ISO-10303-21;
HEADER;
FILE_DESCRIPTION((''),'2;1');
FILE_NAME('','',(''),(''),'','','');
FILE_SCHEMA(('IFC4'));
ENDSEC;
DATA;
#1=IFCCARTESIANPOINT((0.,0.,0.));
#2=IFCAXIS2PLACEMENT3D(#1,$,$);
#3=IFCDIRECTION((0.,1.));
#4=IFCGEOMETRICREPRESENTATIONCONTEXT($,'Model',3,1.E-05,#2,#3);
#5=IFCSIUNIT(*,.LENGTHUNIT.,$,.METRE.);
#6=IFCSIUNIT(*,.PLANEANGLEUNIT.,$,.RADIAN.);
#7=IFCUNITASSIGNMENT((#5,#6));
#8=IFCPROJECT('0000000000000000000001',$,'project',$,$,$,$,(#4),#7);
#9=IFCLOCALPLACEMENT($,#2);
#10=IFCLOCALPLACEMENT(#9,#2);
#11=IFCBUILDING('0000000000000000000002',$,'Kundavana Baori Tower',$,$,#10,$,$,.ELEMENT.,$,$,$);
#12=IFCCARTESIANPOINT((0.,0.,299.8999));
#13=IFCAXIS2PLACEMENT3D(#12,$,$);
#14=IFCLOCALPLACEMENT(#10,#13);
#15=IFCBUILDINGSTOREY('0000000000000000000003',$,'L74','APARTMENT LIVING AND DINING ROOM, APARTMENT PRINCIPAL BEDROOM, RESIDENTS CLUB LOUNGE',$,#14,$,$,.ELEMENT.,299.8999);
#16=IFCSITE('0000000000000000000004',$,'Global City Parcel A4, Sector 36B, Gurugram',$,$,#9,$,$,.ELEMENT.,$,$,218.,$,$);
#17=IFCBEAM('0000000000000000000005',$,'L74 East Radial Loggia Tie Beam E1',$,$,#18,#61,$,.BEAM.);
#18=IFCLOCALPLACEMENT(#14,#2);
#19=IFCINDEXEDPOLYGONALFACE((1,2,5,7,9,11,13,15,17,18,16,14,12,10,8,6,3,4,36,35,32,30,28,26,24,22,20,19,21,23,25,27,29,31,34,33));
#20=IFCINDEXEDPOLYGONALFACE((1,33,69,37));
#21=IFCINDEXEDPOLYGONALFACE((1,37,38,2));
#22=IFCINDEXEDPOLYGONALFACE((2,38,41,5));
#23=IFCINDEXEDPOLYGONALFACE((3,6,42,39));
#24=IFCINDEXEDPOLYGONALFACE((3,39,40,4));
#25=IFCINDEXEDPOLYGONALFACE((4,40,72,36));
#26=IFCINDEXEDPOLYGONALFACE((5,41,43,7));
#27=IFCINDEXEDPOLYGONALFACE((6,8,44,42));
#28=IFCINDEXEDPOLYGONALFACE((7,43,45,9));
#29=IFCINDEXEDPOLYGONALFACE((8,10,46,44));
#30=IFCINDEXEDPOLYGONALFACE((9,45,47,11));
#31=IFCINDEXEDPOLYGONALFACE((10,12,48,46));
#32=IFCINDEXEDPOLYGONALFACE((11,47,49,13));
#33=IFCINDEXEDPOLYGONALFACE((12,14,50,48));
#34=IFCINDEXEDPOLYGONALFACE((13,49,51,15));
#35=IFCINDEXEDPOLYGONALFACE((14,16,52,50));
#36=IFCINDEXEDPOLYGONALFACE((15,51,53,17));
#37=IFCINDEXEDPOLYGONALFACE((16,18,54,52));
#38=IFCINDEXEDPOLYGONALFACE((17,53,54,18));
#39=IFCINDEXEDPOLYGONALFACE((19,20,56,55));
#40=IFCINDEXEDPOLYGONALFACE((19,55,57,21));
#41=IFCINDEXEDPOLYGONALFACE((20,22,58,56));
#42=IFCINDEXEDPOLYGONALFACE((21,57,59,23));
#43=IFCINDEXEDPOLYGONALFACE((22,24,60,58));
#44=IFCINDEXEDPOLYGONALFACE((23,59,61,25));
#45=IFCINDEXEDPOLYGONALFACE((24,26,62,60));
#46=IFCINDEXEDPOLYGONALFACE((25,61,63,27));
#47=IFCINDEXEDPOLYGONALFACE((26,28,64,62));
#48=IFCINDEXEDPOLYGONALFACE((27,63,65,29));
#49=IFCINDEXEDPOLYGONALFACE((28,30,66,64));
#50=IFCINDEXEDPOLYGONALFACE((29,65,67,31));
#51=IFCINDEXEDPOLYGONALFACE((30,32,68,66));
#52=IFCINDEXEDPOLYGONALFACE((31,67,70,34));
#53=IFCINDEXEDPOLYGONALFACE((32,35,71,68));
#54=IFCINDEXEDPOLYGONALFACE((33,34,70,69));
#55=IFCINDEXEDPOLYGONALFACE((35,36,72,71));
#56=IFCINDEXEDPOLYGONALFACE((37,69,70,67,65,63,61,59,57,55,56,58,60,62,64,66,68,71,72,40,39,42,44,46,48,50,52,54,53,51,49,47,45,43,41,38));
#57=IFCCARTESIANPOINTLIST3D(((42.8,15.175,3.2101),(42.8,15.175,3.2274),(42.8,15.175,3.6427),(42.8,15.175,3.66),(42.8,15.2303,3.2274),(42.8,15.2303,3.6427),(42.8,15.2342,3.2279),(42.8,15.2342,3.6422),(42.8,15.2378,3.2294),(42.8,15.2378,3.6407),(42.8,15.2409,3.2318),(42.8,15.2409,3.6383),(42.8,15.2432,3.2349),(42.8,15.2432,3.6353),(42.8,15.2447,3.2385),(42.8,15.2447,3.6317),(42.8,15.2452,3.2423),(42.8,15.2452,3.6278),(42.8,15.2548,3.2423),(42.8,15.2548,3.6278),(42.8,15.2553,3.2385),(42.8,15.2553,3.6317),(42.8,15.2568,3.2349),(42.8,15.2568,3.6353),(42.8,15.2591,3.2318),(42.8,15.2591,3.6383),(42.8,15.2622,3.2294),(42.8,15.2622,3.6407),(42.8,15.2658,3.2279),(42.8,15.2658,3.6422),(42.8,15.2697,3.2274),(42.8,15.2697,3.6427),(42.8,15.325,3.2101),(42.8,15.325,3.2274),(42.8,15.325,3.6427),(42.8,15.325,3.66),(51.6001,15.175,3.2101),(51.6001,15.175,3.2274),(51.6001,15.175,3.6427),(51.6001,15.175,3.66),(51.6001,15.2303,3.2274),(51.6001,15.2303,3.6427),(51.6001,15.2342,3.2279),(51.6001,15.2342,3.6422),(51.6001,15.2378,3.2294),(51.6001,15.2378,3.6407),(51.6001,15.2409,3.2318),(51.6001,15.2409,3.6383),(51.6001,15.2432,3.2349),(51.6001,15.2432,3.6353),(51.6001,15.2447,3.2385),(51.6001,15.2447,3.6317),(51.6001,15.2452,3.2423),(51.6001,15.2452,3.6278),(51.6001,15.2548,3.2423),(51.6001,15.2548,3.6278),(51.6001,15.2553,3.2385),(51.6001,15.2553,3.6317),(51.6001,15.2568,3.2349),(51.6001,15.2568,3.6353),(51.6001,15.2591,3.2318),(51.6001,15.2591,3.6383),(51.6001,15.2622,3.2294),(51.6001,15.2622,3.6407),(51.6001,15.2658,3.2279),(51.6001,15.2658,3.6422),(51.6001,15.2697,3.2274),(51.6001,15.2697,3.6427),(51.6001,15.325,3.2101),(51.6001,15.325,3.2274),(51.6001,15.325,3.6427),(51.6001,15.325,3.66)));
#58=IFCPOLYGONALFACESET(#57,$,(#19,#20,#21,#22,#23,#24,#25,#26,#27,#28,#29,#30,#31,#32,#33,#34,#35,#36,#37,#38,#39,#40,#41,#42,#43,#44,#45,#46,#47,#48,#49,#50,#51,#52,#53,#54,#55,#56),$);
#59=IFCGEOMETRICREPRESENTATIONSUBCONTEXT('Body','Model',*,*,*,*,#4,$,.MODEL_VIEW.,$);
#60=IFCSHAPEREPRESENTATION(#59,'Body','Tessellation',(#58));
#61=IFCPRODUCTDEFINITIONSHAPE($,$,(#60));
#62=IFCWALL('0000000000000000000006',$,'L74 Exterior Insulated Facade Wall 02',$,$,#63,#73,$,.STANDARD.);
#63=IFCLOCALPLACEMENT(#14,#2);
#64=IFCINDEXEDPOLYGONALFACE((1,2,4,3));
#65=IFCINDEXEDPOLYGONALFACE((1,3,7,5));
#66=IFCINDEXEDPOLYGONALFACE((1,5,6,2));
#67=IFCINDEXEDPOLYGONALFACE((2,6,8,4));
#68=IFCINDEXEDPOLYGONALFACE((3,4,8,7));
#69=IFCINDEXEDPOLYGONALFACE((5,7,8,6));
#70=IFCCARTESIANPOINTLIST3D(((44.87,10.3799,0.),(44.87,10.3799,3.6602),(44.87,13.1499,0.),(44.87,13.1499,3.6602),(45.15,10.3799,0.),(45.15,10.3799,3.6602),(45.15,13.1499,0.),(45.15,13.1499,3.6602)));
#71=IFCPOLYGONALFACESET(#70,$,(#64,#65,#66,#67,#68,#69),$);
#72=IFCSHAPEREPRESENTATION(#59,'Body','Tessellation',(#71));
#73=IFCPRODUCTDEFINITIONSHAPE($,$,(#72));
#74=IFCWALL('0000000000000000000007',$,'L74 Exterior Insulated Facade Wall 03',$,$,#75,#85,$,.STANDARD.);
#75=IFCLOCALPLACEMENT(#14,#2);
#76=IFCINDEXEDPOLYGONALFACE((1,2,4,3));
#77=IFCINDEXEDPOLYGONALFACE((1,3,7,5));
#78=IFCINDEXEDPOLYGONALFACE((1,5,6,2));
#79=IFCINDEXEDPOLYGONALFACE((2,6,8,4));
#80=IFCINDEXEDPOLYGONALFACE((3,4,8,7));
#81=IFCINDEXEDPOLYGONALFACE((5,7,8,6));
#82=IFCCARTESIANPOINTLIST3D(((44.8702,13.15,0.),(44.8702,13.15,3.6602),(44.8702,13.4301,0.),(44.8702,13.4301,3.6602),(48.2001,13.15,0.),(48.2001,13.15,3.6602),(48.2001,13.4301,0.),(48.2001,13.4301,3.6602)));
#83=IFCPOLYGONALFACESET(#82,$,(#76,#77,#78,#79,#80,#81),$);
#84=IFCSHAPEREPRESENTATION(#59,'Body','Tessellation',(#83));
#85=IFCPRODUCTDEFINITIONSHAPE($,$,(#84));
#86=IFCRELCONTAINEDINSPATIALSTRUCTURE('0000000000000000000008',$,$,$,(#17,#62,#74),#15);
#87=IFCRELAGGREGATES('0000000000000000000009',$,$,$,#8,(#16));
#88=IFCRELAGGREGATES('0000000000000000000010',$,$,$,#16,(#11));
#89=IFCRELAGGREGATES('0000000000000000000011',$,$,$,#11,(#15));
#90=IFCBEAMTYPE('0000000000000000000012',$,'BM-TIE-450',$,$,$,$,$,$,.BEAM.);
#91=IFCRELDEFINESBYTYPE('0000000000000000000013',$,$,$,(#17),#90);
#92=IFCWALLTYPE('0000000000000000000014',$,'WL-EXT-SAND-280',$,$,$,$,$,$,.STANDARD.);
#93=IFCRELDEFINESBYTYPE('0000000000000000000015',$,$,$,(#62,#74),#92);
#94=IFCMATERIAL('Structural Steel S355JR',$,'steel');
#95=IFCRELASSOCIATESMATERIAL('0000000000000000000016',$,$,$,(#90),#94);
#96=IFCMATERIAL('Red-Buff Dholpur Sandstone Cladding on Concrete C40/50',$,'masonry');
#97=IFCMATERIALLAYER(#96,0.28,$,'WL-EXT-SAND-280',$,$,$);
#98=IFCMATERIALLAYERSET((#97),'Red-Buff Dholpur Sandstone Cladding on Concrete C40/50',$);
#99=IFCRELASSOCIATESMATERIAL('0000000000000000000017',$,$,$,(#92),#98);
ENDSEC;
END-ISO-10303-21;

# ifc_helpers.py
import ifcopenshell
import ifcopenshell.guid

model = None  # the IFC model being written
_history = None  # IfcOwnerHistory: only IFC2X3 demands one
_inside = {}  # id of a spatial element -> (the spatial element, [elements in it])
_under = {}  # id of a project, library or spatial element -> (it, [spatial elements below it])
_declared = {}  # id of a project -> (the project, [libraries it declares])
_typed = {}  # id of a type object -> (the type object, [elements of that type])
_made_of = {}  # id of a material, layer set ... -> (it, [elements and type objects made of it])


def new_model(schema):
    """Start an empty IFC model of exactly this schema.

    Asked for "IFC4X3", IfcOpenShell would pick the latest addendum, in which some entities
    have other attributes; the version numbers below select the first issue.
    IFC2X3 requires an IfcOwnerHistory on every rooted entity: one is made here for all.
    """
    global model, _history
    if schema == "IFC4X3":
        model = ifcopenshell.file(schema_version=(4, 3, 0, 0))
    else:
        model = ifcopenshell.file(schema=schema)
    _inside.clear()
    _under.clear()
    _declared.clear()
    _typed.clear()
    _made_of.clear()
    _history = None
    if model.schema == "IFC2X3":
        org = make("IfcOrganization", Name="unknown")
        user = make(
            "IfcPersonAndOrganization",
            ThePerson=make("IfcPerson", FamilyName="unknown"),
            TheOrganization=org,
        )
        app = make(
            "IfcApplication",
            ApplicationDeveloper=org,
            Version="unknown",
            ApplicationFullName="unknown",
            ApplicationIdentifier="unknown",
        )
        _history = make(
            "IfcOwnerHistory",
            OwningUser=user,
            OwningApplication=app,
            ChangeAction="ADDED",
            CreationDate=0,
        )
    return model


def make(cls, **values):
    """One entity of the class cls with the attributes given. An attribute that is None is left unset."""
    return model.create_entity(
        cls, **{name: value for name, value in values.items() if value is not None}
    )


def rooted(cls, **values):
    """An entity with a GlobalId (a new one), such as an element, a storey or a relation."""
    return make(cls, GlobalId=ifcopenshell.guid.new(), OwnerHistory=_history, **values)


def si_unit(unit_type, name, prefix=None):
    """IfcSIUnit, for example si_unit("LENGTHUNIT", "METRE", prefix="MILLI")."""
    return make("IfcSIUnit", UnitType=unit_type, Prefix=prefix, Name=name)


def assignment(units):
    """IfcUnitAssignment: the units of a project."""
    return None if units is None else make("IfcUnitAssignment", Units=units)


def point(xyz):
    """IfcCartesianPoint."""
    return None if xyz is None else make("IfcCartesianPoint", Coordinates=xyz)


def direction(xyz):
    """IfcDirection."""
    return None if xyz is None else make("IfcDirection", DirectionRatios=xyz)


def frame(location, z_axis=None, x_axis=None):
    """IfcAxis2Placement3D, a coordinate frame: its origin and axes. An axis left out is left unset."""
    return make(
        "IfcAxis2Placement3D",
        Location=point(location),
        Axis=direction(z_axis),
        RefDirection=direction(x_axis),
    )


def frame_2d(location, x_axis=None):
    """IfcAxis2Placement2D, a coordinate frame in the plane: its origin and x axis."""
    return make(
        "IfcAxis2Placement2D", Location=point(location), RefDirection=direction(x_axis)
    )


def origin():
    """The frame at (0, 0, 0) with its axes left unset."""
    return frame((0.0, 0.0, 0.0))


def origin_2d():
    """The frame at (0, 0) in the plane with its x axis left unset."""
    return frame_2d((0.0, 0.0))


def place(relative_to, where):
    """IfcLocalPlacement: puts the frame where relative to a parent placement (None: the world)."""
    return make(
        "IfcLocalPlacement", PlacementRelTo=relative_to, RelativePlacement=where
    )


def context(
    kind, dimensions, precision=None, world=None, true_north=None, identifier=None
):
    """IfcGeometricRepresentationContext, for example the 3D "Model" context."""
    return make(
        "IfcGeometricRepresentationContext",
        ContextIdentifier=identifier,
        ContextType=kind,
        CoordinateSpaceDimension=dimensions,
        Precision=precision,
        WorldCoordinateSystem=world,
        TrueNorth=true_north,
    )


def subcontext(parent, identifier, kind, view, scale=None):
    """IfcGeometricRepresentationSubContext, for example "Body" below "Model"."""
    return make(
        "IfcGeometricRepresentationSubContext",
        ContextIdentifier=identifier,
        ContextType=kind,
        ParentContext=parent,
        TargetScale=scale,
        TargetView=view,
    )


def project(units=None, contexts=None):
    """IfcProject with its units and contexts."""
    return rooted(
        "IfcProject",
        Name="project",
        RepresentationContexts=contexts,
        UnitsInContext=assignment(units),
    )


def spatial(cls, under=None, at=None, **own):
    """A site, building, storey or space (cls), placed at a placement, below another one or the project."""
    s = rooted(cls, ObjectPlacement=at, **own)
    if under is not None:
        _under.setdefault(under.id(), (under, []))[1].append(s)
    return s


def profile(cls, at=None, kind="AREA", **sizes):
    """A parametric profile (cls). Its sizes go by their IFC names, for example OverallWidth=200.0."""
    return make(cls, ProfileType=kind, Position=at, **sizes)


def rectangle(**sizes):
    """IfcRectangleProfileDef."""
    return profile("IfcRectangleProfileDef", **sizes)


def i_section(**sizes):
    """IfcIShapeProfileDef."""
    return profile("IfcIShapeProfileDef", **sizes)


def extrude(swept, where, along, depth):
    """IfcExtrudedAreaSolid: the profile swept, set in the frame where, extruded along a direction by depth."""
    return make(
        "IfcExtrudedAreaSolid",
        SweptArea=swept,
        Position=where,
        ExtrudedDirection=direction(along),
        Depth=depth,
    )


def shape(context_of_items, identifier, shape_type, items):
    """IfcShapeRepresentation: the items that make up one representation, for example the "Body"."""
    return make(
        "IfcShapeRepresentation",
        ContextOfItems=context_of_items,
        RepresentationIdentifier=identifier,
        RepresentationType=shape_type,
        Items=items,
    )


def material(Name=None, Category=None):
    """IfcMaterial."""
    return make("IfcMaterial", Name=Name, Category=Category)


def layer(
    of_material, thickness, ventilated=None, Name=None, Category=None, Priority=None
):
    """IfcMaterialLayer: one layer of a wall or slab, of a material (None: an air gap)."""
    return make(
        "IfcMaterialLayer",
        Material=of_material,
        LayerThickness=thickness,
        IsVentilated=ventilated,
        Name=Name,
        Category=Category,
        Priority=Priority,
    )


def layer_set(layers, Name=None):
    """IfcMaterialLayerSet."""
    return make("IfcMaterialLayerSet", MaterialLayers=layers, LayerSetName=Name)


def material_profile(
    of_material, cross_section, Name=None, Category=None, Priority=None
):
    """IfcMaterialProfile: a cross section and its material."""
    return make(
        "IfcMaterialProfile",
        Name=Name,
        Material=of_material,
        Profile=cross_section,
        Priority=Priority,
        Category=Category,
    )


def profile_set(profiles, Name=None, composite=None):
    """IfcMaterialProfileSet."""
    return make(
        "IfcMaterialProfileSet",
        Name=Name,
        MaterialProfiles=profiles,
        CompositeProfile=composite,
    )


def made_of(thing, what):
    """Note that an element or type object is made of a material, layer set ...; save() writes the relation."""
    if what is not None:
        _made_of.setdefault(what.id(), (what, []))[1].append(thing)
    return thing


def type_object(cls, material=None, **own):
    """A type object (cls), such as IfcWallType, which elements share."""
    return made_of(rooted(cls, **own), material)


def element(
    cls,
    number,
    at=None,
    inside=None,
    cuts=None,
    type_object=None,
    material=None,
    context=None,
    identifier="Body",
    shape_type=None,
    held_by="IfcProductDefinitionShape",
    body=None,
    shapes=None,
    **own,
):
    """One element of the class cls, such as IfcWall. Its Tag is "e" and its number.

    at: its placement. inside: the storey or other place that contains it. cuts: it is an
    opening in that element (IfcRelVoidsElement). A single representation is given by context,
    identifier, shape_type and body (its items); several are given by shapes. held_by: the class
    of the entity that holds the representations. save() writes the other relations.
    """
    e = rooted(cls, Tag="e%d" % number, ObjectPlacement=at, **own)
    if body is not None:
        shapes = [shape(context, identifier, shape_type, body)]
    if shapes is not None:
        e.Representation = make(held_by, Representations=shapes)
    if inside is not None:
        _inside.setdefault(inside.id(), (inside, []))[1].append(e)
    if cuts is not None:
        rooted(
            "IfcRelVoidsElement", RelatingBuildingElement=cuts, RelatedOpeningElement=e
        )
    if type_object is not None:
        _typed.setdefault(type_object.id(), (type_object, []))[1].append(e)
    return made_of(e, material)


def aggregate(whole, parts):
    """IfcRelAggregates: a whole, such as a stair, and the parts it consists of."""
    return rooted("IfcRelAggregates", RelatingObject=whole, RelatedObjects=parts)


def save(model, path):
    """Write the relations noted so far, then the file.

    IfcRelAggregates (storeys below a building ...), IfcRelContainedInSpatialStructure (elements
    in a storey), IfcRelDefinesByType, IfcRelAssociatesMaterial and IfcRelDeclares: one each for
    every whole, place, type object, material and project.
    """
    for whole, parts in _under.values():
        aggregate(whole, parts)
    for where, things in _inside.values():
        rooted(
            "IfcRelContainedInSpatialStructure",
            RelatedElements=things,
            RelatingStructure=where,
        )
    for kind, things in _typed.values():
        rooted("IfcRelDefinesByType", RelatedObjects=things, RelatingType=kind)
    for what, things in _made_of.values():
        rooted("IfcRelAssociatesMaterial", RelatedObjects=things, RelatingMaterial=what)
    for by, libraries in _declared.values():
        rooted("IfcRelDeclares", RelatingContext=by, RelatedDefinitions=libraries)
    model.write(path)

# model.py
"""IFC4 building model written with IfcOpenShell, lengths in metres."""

from ifc_helpers import new_model, si_unit, direction, frame, frame_2d, origin, origin_2d, place, context, subcontext, project, spatial, rectangle, i_section, extrude, material, layer, layer_set, material_profile, profile_set, type_object, element, save


model = new_model("IFC4")

# Units and contexts
model_context = context("Model", 3, precision=1e-05, world=origin(), true_north=direction((0.0, 1.0)))
body_context = subcontext(model_context, "Body", "Model", "MODEL_VIEW")
ifc_project = project(units=[si_unit("LENGTHUNIT", "METRE"), si_unit("PLANEANGLEUNIT", "RADIAN")], contexts=[model_context])

# Site, building, storey
site_placement = place(None, origin())
site = spatial("IfcSite", under=ifc_project, at=site_placement, Name="Global City Parcel A4, Sector 36B, Gurugram", CompositionType="ELEMENT", RefElevation=218.0)
building_placement = place(site_placement, origin())
building = spatial("IfcBuilding", under=site, at=building_placement, Name="Kundavana Baori Tower", CompositionType="ELEMENT")
storey_placement = place(building_placement, frame((0.0, 0.0, 299.8999)))
storey = spatial("IfcBuildingStorey", under=building, at=storey_placement, Name="L74", Description="APARTMENT LIVING AND DINING ROOM, APARTMENT PRINCIPAL BEDROOM, RESIDENTS CLUB LOUNGE", CompositionType="ELEMENT", Elevation=299.8999)

# Beam
ifc_material_1 = material(Name="Structural Steel S355JR", Category="steel")
ifc_material_profile_1 = material_profile(ifc_material_1, i_section(OverallWidth=0.1499, OverallDepth=0.45, WebThickness=0.0095, FlangeThickness=0.0173, FilletRadius=0.0149, at=origin_2d()), Name="ISMB 450")
ifc_profile_set_1 = profile_set([ifc_material_profile_1], Name="Structural Steel S355JR")
beam_type_1 = type_object("IfcBeamType", Name="BM-TIE-450", PredefinedType="BEAM", material=ifc_profile_set_1)
beam_1_placement = place(storey_placement, frame((42.8, 15.25, 3.4351), z_axis=(1.0, 0.0, 0.0), x_axis=(0.0, 1.0, 0.0)))
element("IfcBeam", 1, at=beam_1_placement, inside=storey, type_object=beam_type_1, Name="L74 East Radial Loggia Tie Beam E1", PredefinedType="BEAM", context=body_context, shape_type="SweptSolid", body=[
    extrude(i_section(OverallWidth=0.1499, OverallDepth=0.45, WebThickness=0.0095, FlangeThickness=0.0173, FilletRadius=0.0149, at=origin_2d()), origin(), (0.0, 0.0, 1.0), 8.8),
])

# Walls
ifc_material_2 = material(Name="Red-Buff Dholpur Sandstone Cladding on Concrete C40/50", Category="masonry")
ifc_layer_1 = layer(ifc_material_2, 0.28, Name="WL-EXT-SAND-280")
ifc_layer_set_1 = layer_set([ifc_layer_1], Name="Red-Buff Dholpur Sandstone Cladding on Concrete C40/50")
wall_type_1 = type_object("IfcWallType", Name="WL-EXT-SAND-280", PredefinedType="STANDARD", material=ifc_layer_set_1)
wall_1_placement = place(storey_placement, frame((45.01, 10.3799, 0.0), z_axis=(0.0, 0.0, 1.0), x_axis=(0.0, 1.0, 0.0)))
element("IfcWall", 2, at=wall_1_placement, inside=storey, type_object=wall_type_1, Name="L74 Exterior Insulated Facade Wall 02", PredefinedType="STANDARD", context=body_context, shape_type="SweptSolid", body=[
    extrude(rectangle(XDim=2.77, YDim=0.28, at=frame_2d((1.385, 0.0))), origin(), (0.0, 0.0, 1.0), 3.6602),
])
wall_2_placement = place(storey_placement, frame((44.8701, 13.29, 0.0), z_axis=(0.0, 0.0, 1.0), x_axis=(1.0, 0.0, 0.0)))
element("IfcWall", 3, at=wall_2_placement, inside=storey, type_object=wall_type_1, Name="L74 Exterior Insulated Facade Wall 03", PredefinedType="STANDARD", context=body_context, shape_type="SweptSolid", body=[
    extrude(rectangle(XDim=3.3298, YDim=0.28, at=frame_2d((1.665, 0.0))), origin(), (0.0, 0.0, 1.0), 3.6602),
])

save(model, "model.ifc")
